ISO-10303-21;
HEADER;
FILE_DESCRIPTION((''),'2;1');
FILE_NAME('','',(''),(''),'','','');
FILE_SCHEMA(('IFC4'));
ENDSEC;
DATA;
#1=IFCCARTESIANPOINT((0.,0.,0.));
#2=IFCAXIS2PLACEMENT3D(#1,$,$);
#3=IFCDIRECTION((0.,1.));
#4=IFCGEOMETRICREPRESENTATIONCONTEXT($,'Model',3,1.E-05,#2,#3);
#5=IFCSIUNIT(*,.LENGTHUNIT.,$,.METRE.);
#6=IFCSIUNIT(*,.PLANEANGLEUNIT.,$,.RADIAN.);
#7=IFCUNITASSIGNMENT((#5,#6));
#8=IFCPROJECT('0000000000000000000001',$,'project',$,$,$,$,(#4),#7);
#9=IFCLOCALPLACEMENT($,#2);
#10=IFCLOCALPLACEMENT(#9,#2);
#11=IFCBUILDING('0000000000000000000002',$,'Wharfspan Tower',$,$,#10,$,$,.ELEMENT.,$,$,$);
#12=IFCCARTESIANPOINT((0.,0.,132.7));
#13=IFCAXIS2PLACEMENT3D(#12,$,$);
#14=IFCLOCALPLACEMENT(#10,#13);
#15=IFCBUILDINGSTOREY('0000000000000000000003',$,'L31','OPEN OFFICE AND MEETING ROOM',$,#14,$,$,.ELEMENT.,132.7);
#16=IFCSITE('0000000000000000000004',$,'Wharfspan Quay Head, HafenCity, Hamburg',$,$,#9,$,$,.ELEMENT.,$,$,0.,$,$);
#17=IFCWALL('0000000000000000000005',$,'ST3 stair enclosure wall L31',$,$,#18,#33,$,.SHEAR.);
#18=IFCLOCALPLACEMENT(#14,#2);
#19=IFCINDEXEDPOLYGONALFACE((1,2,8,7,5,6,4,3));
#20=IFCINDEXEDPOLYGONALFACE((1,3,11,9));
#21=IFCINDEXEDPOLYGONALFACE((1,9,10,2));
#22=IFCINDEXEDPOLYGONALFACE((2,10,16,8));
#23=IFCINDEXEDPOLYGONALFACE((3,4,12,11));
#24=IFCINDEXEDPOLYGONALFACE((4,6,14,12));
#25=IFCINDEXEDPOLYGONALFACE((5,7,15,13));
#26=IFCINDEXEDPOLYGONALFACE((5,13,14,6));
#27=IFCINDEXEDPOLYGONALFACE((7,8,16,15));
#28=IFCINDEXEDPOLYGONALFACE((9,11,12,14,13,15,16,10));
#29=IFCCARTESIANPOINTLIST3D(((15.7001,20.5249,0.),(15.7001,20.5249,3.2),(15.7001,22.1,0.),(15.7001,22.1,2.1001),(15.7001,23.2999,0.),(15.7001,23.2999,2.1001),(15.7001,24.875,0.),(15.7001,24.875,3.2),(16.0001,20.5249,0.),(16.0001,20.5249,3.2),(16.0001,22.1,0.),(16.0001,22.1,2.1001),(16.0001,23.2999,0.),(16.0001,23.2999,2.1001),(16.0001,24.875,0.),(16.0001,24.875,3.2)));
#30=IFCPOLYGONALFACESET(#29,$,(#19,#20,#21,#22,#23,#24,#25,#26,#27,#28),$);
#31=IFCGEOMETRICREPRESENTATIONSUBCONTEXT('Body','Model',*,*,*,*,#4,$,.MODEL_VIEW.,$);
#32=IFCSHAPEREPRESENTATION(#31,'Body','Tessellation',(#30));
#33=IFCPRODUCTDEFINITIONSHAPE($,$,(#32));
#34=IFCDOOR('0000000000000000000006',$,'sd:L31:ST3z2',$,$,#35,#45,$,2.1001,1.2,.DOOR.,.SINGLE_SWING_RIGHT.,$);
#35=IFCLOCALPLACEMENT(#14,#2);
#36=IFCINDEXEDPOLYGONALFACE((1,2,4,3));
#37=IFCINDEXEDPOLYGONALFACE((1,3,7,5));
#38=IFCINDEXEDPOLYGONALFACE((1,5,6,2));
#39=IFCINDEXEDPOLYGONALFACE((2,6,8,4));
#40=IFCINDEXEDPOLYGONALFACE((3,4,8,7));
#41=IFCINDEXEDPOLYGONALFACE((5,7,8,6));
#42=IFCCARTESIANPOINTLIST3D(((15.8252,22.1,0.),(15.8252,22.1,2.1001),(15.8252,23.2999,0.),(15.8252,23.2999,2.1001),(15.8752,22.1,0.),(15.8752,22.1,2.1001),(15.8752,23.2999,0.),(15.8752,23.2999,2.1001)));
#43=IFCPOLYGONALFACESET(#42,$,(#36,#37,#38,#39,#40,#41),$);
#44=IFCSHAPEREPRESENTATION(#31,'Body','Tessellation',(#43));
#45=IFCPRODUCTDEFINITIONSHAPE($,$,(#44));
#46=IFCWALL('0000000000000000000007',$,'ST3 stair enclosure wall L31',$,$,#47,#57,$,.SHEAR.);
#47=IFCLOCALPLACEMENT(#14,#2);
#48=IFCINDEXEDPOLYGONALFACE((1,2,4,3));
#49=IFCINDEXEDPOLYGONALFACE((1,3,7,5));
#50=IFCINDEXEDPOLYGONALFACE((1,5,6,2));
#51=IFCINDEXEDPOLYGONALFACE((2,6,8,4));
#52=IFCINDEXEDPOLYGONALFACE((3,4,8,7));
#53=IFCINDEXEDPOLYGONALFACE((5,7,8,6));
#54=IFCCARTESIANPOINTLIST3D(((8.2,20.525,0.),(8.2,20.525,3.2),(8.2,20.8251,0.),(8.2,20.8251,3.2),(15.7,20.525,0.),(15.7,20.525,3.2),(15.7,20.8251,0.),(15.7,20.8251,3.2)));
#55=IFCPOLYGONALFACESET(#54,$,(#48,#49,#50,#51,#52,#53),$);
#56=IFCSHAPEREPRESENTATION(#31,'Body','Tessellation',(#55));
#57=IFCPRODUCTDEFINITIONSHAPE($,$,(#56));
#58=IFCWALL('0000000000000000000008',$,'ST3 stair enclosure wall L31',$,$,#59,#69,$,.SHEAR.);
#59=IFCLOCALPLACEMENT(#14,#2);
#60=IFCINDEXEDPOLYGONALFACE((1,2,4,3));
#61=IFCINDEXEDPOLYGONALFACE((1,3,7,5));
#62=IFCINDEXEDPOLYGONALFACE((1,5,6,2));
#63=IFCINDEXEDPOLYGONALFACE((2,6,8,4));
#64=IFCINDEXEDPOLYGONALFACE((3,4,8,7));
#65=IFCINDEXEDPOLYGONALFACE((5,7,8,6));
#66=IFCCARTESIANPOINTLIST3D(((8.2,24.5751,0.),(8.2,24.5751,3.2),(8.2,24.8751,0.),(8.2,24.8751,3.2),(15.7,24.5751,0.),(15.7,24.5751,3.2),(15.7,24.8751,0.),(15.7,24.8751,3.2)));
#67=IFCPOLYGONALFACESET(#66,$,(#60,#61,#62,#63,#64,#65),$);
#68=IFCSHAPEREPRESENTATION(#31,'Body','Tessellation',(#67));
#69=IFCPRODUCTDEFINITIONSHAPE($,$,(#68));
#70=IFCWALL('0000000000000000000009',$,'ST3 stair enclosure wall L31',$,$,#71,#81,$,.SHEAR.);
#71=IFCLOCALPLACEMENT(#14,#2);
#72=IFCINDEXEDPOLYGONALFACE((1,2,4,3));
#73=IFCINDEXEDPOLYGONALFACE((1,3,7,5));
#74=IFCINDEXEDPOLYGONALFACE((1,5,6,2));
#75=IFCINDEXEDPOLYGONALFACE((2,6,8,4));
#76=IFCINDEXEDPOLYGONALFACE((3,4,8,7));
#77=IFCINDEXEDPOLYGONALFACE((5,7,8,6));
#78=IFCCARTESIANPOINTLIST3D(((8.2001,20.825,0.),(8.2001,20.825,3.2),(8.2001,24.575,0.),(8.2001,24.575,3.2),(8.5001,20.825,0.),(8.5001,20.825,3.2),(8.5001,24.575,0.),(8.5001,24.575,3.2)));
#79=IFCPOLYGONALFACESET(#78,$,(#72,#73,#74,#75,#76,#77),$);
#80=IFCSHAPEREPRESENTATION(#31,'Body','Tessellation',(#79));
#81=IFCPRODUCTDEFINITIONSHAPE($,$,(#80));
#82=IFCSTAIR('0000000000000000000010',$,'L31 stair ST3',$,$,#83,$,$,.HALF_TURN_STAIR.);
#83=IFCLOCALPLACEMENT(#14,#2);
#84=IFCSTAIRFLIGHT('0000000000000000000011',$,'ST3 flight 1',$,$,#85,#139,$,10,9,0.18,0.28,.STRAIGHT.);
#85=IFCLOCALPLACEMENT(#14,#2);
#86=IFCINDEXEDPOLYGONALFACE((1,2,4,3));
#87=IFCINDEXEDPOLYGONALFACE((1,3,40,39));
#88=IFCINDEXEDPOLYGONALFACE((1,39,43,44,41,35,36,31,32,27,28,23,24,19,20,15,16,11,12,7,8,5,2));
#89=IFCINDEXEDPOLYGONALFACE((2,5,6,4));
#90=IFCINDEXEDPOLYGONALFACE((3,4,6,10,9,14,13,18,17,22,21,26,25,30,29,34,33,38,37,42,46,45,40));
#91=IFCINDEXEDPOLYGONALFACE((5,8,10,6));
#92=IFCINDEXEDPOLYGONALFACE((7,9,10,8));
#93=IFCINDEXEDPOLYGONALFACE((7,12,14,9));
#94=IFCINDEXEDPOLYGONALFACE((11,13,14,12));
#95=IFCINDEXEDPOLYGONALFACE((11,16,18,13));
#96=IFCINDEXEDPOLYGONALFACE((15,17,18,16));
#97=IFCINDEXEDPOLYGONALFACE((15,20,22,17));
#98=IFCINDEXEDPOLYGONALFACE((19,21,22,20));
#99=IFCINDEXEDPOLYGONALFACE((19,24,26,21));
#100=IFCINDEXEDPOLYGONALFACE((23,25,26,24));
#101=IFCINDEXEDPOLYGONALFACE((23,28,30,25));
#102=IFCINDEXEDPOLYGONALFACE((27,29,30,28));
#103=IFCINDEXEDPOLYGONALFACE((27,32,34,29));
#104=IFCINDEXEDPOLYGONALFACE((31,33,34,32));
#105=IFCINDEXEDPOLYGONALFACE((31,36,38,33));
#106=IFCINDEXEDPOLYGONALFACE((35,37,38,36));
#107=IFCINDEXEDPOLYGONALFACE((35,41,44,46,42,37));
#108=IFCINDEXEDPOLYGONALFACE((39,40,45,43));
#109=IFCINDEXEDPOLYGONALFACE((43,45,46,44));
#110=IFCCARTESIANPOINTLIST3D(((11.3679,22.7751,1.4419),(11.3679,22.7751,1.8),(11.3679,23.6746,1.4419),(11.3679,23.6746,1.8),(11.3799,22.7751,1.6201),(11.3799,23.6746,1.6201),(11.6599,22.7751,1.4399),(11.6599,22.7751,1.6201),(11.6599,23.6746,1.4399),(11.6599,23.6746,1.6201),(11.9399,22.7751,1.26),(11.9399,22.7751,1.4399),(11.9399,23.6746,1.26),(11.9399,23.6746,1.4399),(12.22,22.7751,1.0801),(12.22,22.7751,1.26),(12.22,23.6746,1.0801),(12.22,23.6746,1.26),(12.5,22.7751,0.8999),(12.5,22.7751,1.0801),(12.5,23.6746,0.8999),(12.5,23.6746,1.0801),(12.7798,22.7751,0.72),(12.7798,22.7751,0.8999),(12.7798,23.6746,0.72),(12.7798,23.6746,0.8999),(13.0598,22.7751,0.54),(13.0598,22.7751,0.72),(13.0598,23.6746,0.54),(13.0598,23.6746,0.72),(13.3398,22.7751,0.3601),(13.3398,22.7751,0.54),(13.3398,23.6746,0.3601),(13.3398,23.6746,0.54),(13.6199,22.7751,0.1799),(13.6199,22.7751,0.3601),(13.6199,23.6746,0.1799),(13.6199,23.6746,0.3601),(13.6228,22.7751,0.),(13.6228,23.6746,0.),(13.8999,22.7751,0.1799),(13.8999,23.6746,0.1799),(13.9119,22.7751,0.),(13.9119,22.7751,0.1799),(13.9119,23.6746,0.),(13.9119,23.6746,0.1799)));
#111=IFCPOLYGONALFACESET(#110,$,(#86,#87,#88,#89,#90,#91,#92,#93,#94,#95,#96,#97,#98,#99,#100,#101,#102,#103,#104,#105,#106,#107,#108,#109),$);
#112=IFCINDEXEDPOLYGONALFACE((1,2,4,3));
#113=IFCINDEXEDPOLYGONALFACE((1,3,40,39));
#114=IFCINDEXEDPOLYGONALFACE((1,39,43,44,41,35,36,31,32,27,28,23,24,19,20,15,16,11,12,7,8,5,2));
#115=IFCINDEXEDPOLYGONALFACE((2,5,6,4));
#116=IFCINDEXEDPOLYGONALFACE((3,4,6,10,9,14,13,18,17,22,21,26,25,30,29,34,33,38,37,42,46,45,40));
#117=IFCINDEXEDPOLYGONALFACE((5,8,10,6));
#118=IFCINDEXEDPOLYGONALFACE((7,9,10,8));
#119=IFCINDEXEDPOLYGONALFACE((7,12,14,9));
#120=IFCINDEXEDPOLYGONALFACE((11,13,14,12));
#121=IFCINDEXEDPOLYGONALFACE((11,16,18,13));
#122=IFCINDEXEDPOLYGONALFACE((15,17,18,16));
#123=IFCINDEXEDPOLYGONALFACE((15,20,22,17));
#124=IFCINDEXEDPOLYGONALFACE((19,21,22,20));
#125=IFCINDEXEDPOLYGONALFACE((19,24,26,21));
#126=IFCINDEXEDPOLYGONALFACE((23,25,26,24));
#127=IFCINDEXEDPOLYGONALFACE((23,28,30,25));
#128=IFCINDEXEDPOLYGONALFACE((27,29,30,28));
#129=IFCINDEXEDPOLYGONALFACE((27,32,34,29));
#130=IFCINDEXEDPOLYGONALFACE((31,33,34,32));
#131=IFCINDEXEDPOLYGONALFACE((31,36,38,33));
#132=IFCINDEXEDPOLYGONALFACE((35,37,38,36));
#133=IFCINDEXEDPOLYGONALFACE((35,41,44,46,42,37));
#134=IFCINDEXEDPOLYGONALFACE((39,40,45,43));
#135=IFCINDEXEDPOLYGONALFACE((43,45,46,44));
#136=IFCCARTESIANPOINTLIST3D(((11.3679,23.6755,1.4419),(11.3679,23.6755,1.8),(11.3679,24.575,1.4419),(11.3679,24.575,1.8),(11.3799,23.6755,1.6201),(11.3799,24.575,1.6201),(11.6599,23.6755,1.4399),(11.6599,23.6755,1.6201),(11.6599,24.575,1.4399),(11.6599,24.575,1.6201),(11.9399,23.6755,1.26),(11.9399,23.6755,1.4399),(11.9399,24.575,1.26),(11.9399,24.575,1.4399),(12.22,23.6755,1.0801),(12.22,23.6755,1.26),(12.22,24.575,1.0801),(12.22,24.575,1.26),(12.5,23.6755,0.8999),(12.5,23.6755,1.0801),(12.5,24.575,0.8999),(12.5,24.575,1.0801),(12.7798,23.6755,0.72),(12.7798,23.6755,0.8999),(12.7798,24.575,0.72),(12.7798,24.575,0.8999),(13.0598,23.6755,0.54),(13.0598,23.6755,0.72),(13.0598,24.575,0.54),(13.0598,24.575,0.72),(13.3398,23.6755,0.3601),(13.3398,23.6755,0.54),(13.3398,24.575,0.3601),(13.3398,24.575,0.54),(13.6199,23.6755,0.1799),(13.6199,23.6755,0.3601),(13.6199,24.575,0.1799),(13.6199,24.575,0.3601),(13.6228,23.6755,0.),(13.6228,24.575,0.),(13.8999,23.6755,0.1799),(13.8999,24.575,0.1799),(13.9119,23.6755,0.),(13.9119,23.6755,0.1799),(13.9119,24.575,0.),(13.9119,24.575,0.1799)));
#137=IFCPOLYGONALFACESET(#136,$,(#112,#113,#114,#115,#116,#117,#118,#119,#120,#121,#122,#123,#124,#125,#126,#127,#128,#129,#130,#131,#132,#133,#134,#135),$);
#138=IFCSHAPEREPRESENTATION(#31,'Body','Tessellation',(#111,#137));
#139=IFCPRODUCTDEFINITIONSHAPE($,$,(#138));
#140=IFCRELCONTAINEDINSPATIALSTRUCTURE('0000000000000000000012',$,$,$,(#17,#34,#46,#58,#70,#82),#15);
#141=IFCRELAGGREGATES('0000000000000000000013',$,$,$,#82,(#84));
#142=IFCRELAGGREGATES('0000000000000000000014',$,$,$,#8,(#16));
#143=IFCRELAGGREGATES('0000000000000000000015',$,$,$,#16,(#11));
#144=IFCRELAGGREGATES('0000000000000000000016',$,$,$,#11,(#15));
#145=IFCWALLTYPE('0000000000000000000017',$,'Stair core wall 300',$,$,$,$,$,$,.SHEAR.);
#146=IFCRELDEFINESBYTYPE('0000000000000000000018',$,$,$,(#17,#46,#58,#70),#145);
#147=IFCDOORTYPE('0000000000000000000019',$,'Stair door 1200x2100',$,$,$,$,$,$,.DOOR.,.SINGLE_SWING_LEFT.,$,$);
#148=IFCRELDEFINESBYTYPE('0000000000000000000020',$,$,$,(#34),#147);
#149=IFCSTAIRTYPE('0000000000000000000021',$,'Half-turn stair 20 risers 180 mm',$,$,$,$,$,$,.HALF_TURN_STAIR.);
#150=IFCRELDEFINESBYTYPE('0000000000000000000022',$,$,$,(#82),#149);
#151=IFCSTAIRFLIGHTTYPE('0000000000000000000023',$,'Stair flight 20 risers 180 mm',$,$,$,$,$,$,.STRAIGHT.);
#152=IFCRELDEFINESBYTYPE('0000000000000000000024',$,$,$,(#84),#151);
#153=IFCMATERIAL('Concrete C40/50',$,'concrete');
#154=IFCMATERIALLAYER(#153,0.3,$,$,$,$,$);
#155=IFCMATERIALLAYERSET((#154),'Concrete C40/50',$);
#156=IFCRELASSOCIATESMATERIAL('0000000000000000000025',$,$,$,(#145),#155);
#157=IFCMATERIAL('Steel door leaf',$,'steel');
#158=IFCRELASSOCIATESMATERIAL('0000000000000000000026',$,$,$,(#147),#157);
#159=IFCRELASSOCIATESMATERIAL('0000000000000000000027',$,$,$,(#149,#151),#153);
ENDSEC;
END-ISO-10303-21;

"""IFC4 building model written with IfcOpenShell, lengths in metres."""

from ifc_helpers import new_model, si_unit, direction, frame, frame_2d, origin, place, context, subcontext, project, spatial, polyline, rectangle, outline, extrude, material, layer, layer_set, type_object, element, fill, aggregate, save


model = new_model("IFC4")

# Units and contexts
model_context = context("Model", 3, precision=1e-05, world=origin(), true_north=direction((0.0, 1.0)))
body_context = subcontext(model_context, "Body", "Model", "MODEL_VIEW")
ifc_project = project(units=[si_unit("LENGTHUNIT", "METRE"), si_unit("PLANEANGLEUNIT", "RADIAN")], contexts=[model_context])

# Site, building, storey
site_placement = place(None, origin())
site = spatial("IfcSite", under=ifc_project, at=site_placement, Name="Wharfspan Quay Head, HafenCity, Hamburg", CompositionType="ELEMENT", RefElevation=0.0)
building_placement = place(site_placement, origin())
building = spatial("IfcBuilding", under=site, at=building_placement, Name="Wharfspan Tower", CompositionType="ELEMENT")
storey_placement = place(building_placement, frame((0.0, 0.0, 132.7)))
storey = spatial("IfcBuildingStorey", under=building, at=storey_placement, Name="L31", Description="OPEN OFFICE AND MEETING ROOM", CompositionType="ELEMENT", Elevation=132.7)

# Shared definitions
ifc_material_1 = material(Name="Concrete C40/50", Category="concrete")

# Wall, opening, door
ifc_layer_1 = layer(ifc_material_1, 0.3)
ifc_layer_set_1 = layer_set([ifc_layer_1], Name="Concrete C40/50")
wall_type_1 = type_object("IfcWallType", Name="Stair core wall 300", PredefinedType="SHEAR", material=ifc_layer_set_1)
wall_1_placement = place(storey_placement, frame((15.8501, 20.5249, 0.0), z_axis=(0.0, 0.0, 1.0), x_axis=(0.0, 1.0, 0.0)))
wall_1 = element("IfcWall", 1, at=wall_1_placement, inside=storey, type_object=wall_type_1, Name="ST3 stair enclosure wall L31", PredefinedType="SHEAR", context=body_context, shape_type="SweptSolid", body=[
    extrude(rectangle(XDim=4.3501, YDim=0.3, at=frame_2d((2.175, 0.0))), origin(), (0.0, 0.0, 1.0), 3.2),
])
opening_placement = place(wall_1_placement, frame((1.575, 0.0, 0.0)))
opening = element("IfcOpeningElement", 2, at=opening_placement, cuts=wall_1, PredefinedType="OPENING", context=body_context, shape_type="SweptSolid", body=[
    extrude(rectangle(XDim=1.2, YDim=2.1001, at=frame_2d((0.6001, 1.05))), frame((0.0, 0.1599, 0.0), z_axis=(0.0, -1.0, 0.0), x_axis=(1.0, 0.0, 0.0)), (0.0, 0.0, 1.0), 0.3201),
])
ifc_material_2 = material(Name="Steel door leaf", Category="steel")
door_type = type_object("IfcDoorType", Name="Stair door 1200x2100", OperationType="SINGLE_SWING_LEFT", PredefinedType="DOOR", material=ifc_material_2)
door_placement = place(opening_placement, origin())
door = element("IfcDoor", 3, at=door_placement, inside=storey, type_object=door_type, Name="sd:L31:ST3z2", OperationType="SINGLE_SWING_RIGHT", OverallHeight=2.1001, OverallWidth=1.2, PredefinedType="DOOR", context=body_context, shape_type="SweptSolid", body=[
    extrude(rectangle(XDim=1.2, YDim=2.1001, at=frame_2d((0.6001, 1.05))), frame((0.0, 0.0249, 0.0), z_axis=(0.0, -1.0, 0.0), x_axis=(1.0, 0.0, 0.0)), (0.0, 0.0, 1.0), 0.05),
])
fill(opening, door)

# Walls
for number, where, z_axis, x_axis, name in (
    (4, (8.2, 20.675, 0.0), (0.0, 0.0, 1.0), (1.0, 0.0, 0.0), "ST3 stair enclosure wall L31"),
    (5, (8.2, 24.7251, 0.0), (0.0, 0.0, 1.0), (1.0, 0.0, 0.0), "ST3 stair enclosure wall L31"),
):
    element("IfcWall", number, at=place(storey_placement, frame(where, z_axis=z_axis, x_axis=x_axis)), inside=storey, type_object=wall_type_1, Name=name, PredefinedType="SHEAR", context=body_context, shape_type="SweptSolid", body=[
        extrude(rectangle(XDim=7.5, YDim=0.3, at=frame_2d((3.75, 0.0))), origin(), (0.0, 0.0, 1.0), 3.2),
    ])
wall_2_placement = place(storey_placement, frame((8.3501, 20.825, 0.0), z_axis=(0.0, 0.0, 1.0), x_axis=(0.0, 1.0, 0.0)))
element("IfcWall", 6, at=wall_2_placement, inside=storey, type_object=wall_type_1, Name="ST3 stair enclosure wall L31", PredefinedType="SHEAR", context=body_context, shape_type="SweptSolid", body=[
    extrude(rectangle(XDim=3.75, YDim=0.3, at=frame_2d((1.875, 0.0))), origin(), (0.0, 0.0, 1.0), 3.2),
])

# Stair, stair flight
stair_type = type_object("IfcStairType", Name="Half-turn stair 20 risers 180 mm", PredefinedType="HALF_TURN_STAIR", material=ifc_material_1)
stair_placement = place(storey_placement, origin())
stair = element("IfcStair", 7, at=stair_placement, inside=storey, type_object=stair_type, Name="L31 stair ST3", PredefinedType="HALF_TURN_STAIR")
stair_flight_type = type_object("IfcStairFlightType", Name="Stair flight 20 risers 180 mm", PredefinedType="STRAIGHT", material=ifc_material_1)
stair_flight_1_placement = place(storey_placement, frame((13.8999, 23.675, 0.0), z_axis=(0.0, 0.0, 1.0), x_axis=(-1.0, 0.0, 0.0)))
stair_flight_1 = element("IfcStairFlight", 8, at=stair_flight_1_placement, type_object=stair_flight_type, Name="ST3 flight 1", NumberOfRisers=10, NumberOfTreads=9, PredefinedType="STRAIGHT", RiserHeight=0.18, TreadLength=0.28, context=body_context, shape_type="SweptSolid", body=[
    extrude(outline(polyline([(-0.012, 0.0), (-0.012, 0.1799), (0.0, 0.1799), (0.28, 0.1799), (0.28, 0.3601), (0.5601, 0.3601), (0.5601, 0.54), (0.8401, 0.54), (0.8401, 0.72), (1.1201, 0.72), (1.1201, 0.8999), (1.3999, 0.8999), (1.3999, 1.0801), (1.6799, 1.0801), (1.6799, 1.26), (1.96, 1.26), (1.96, 1.4399), (2.24, 1.4399), (2.24, 1.6201), (2.52, 1.6201), (2.532, 1.8), (2.532, 1.4419), (0.2771, 0.0), (-0.012, 0.0)])), frame((0.0, 0.8999, 0.0), z_axis=(0.0, -1.0, 0.0), x_axis=(1.0, 0.0, 0.0)), (0.0, 0.0, 1.0), 0.8994),
    extrude(outline(polyline([(-0.012, 0.0), (-0.012, 0.1799), (0.0, 0.1799), (0.28, 0.1799), (0.28, 0.3601), (0.5601, 0.3601), (0.5601, 0.54), (0.8401, 0.54), (0.8401, 0.72), (1.1201, 0.72), (1.1201, 0.8999), (1.3999, 0.8999), (1.3999, 1.0801), (1.6799, 1.0801), (1.6799, 1.26), (1.96, 1.26), (1.96, 1.4399), (2.24, 1.4399), (2.24, 1.6201), (2.52, 1.6201), (2.532, 1.8), (2.532, 1.4419), (0.2771, 0.0), (-0.012, 0.0)])), frame((0.0, -0.0005, 0.0), z_axis=(0.0, -1.0, 0.0), x_axis=(1.0, 0.0, 0.0)), (0.0, 0.0, 1.0), 0.8994),
])
aggregate(stair, [stair_flight_1])

save(model, "model.ifc")
